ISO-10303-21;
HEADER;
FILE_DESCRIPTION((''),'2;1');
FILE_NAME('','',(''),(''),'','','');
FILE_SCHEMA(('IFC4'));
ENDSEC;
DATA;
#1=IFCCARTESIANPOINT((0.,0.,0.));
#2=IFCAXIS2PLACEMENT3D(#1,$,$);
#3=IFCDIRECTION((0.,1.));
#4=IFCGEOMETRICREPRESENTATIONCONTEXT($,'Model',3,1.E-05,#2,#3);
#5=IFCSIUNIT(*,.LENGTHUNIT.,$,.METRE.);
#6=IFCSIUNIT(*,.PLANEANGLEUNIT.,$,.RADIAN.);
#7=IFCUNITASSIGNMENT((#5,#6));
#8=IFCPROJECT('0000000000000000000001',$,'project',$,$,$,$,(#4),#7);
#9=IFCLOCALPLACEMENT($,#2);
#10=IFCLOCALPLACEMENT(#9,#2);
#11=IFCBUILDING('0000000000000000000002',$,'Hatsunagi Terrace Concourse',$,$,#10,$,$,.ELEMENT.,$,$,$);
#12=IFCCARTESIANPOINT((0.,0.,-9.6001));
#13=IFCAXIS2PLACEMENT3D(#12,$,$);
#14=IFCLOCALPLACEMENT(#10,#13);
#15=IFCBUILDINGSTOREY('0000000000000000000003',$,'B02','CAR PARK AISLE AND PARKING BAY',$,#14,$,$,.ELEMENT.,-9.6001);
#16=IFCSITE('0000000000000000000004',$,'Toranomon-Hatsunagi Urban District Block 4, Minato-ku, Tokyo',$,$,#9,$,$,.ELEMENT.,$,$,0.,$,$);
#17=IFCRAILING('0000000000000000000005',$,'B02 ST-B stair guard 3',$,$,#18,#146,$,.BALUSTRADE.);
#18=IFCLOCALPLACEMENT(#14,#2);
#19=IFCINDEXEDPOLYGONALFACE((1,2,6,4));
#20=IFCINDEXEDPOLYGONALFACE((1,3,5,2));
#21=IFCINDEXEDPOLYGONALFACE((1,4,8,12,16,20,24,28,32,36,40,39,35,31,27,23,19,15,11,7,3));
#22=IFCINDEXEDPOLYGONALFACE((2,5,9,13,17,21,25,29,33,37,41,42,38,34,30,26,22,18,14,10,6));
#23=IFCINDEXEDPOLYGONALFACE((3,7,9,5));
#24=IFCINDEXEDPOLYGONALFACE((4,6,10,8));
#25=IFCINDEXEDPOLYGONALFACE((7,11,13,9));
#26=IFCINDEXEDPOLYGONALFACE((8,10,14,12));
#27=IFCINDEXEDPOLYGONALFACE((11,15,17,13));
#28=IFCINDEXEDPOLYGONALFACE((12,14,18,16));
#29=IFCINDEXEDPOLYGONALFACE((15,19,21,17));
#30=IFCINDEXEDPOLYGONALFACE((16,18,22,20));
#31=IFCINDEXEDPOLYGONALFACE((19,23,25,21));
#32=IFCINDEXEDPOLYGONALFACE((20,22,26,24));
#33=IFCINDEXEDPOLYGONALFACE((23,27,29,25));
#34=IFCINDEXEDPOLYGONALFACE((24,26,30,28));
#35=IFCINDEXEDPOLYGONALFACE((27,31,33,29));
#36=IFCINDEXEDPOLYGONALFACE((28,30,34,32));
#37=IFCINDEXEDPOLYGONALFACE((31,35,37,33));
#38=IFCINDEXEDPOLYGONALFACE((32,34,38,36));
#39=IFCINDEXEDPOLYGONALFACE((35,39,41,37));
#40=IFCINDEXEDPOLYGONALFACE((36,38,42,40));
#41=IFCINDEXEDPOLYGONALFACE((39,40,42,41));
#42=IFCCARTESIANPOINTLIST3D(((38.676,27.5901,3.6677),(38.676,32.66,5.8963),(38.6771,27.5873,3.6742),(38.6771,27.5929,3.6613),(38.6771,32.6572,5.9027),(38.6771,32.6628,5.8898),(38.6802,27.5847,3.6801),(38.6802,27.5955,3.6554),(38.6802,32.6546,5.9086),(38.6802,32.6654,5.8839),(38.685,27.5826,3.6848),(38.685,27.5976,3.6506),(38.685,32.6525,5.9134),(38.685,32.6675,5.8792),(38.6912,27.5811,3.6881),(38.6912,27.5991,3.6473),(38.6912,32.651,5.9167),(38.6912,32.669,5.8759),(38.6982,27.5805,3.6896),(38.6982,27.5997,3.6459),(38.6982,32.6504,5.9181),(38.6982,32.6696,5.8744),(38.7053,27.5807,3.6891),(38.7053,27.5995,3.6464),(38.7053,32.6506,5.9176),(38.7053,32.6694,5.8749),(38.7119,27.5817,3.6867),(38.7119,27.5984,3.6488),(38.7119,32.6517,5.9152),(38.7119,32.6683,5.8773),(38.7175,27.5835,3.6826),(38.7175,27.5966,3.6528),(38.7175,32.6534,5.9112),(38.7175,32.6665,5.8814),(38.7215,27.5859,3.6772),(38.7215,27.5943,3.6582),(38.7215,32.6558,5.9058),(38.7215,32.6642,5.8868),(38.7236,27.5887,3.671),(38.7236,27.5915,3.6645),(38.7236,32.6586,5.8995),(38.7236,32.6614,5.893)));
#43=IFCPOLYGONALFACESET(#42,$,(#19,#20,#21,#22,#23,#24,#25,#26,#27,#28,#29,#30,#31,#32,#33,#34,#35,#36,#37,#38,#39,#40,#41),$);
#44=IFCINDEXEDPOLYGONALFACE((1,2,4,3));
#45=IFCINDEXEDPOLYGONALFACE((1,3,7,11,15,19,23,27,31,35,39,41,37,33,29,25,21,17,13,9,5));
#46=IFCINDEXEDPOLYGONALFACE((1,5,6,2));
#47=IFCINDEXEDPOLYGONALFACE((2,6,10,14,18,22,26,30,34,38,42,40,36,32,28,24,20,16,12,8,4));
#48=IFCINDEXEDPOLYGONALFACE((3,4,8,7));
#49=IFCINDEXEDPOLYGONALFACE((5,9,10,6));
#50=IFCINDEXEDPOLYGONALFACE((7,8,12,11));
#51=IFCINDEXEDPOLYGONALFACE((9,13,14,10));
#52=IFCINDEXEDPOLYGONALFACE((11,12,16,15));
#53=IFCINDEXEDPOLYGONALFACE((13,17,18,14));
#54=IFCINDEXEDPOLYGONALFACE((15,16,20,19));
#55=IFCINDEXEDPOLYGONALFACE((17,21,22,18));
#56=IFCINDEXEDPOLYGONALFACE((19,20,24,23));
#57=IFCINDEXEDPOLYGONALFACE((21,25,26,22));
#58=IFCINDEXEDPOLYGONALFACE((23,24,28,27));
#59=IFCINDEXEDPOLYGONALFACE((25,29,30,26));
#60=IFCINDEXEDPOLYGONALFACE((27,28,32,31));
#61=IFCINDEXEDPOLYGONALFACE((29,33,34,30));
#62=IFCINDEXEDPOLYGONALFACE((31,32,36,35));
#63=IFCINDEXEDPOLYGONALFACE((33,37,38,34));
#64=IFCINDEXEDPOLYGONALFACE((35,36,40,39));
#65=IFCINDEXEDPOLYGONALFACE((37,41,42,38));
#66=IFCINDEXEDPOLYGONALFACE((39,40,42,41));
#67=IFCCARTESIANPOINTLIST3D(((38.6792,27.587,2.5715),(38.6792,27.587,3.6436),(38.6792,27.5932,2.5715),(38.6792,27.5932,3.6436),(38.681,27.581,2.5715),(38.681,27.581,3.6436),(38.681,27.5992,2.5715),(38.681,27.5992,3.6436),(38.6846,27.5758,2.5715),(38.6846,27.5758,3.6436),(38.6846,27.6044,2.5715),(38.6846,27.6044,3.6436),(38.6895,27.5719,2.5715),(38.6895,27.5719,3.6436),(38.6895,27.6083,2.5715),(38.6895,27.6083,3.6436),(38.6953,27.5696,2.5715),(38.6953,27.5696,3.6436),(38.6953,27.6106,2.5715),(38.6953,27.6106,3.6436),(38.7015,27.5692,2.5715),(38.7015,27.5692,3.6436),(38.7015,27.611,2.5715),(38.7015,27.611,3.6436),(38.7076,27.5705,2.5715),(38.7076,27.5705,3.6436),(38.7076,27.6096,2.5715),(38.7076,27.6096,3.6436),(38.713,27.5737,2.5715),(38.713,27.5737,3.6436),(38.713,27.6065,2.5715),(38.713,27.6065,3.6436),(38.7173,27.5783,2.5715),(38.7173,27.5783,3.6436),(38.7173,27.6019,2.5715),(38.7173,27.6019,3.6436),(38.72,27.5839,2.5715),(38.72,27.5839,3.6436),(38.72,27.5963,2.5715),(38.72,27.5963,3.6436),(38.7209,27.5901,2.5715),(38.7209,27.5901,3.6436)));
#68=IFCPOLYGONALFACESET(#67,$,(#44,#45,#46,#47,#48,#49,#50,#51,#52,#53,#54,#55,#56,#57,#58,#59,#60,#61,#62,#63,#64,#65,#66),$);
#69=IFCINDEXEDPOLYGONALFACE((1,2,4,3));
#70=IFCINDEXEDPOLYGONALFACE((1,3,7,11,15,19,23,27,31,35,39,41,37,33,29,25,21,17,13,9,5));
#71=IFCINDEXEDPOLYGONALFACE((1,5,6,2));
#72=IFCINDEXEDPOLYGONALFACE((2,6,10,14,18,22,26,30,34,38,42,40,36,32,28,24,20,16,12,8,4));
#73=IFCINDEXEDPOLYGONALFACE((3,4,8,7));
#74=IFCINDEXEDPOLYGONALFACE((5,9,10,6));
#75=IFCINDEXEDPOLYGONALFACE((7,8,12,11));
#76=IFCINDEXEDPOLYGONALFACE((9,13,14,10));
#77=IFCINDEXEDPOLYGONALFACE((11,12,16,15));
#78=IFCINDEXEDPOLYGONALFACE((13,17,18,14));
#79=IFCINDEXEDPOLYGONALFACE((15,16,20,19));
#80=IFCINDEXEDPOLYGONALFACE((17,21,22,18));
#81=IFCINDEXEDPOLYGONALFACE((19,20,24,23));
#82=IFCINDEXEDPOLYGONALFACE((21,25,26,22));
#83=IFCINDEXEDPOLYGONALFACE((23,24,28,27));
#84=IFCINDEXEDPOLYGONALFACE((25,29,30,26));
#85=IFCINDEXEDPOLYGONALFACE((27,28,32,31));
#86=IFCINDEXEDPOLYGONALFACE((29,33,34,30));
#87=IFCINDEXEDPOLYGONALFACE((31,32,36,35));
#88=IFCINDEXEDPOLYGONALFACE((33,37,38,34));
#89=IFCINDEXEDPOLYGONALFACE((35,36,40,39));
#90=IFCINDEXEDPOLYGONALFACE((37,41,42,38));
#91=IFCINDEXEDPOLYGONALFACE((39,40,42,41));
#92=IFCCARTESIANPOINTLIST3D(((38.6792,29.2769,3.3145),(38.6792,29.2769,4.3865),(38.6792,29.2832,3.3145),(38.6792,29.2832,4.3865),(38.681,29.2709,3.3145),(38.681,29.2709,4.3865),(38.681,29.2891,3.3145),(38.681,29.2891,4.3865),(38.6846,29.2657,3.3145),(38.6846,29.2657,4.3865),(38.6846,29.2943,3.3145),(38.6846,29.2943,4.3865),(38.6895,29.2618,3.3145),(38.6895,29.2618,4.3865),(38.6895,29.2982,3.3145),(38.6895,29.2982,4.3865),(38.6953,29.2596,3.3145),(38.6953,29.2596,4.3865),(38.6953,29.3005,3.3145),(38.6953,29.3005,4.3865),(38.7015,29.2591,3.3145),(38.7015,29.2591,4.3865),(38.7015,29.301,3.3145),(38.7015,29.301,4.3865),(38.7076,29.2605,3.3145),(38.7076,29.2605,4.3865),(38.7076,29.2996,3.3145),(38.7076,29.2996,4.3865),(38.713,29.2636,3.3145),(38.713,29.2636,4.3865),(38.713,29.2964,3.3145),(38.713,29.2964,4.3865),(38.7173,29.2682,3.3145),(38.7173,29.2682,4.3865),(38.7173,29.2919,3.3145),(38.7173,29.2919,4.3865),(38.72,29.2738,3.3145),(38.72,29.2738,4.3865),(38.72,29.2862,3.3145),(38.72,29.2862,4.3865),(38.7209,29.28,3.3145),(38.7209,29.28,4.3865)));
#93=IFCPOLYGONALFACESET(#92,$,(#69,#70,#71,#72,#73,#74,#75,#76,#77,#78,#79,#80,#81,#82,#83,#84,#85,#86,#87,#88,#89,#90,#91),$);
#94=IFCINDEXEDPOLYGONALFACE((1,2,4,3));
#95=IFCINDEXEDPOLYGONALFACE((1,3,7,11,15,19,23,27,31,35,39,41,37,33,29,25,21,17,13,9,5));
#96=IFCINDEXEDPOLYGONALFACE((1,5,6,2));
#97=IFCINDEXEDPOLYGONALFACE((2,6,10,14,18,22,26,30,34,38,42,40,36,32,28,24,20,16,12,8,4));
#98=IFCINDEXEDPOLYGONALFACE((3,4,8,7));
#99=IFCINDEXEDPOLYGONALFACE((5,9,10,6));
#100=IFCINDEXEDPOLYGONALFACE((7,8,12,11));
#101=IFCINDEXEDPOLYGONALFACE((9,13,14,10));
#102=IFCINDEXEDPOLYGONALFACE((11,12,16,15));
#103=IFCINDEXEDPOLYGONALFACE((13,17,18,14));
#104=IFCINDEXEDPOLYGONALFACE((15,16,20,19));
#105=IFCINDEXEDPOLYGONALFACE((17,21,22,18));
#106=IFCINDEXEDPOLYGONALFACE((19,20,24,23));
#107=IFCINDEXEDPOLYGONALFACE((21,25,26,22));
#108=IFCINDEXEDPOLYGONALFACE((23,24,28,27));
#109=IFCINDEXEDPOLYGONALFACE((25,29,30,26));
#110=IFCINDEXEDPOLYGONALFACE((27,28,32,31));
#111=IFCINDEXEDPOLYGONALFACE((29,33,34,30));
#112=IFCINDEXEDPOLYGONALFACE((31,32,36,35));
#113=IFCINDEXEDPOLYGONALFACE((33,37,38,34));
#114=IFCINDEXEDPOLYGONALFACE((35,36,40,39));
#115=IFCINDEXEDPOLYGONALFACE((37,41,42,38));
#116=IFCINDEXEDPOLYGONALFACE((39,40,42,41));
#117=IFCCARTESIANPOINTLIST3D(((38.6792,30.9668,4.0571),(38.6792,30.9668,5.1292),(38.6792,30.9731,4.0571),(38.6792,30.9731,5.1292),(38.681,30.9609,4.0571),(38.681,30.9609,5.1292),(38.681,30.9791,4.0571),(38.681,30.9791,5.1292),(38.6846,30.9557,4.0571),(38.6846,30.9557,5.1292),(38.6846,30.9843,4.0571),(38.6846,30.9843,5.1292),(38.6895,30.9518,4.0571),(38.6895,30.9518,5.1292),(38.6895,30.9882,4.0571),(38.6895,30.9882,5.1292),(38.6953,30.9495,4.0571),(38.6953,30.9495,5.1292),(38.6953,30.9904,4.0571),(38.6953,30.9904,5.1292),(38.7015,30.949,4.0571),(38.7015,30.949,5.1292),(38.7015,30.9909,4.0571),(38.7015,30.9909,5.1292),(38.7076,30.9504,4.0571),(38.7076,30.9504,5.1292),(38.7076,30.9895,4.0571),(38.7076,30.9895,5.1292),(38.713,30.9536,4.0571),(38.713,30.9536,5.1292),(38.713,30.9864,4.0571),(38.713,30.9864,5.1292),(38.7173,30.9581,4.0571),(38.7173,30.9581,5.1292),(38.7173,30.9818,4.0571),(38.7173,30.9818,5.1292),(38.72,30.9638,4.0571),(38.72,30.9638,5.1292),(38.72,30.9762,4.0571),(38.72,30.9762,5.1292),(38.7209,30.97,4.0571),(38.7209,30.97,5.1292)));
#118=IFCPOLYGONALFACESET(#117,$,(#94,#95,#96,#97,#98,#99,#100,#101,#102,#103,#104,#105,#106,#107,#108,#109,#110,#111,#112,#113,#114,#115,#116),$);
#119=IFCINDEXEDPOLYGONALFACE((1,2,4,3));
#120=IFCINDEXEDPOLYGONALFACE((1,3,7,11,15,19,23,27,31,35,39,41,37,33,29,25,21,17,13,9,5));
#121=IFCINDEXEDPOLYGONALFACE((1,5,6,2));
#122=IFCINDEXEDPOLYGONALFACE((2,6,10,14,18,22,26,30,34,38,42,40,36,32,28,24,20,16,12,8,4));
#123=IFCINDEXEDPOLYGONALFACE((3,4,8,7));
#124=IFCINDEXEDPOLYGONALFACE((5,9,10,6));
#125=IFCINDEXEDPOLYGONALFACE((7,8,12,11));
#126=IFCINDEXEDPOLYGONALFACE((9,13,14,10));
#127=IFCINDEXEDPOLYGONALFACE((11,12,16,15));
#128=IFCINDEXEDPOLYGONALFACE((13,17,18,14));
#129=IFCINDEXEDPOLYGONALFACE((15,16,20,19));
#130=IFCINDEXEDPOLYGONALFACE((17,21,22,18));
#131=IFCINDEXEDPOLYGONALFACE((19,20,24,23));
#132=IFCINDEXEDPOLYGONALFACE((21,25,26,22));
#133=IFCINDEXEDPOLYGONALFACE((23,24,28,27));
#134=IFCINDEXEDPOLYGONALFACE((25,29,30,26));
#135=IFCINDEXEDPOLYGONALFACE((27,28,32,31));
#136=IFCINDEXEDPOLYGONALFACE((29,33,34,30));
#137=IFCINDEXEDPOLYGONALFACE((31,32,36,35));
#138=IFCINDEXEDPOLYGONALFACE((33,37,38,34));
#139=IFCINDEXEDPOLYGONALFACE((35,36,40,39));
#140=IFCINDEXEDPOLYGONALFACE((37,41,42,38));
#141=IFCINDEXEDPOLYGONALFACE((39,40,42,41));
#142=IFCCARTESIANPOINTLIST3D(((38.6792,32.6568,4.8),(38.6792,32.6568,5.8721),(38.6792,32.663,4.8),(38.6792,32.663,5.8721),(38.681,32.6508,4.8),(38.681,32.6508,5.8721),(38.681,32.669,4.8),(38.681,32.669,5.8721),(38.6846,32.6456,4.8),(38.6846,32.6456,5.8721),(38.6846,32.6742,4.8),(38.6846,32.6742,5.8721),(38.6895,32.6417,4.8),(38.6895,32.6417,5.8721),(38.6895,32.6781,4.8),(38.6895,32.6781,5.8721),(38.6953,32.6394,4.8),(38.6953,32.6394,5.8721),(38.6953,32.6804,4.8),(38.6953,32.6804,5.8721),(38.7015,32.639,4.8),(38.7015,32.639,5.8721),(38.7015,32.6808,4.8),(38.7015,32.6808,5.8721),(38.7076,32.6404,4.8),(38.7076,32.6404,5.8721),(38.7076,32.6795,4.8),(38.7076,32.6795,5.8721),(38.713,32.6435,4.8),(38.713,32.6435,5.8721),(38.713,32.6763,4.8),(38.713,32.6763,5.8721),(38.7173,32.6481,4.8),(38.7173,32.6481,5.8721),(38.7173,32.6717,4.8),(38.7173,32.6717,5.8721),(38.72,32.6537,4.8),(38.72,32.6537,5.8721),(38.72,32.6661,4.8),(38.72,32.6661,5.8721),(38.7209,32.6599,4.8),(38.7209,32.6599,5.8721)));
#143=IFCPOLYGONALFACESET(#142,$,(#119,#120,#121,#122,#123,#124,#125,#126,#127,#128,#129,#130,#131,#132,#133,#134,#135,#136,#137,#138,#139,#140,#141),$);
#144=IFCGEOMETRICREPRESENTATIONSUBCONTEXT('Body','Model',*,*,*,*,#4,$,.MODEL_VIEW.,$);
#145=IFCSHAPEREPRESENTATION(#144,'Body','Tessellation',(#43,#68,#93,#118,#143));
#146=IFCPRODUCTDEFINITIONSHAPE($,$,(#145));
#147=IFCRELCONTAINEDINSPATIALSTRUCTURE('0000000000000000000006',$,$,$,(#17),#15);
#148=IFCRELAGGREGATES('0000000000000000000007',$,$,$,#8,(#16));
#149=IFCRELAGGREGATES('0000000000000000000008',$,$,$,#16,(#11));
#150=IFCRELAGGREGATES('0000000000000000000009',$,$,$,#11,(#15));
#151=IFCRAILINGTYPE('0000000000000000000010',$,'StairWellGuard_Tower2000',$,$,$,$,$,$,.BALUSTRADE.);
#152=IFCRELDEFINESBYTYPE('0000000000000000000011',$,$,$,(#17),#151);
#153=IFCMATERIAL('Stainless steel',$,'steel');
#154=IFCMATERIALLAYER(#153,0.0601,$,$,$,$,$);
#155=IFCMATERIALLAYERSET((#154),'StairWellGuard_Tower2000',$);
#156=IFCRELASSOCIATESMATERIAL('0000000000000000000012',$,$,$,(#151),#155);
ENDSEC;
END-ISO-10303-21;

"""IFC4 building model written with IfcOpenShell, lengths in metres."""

from ifc_helpers import new_model, si_unit, direction, frame, origin, origin_2d, place, context, subcontext, project, spatial, circle, extrude, material, layer, layer_set, type_object, element, save


model = new_model("IFC4")

# Units and contexts
model_context = context("Model", 3, precision=1e-05, world=origin(), true_north=direction((0.0, 1.0)))
body_context = subcontext(model_context, "Body", "Model", "MODEL_VIEW")
ifc_project = project(units=[si_unit("LENGTHUNIT", "METRE"), si_unit("PLANEANGLEUNIT", "RADIAN")], contexts=[model_context])

# Site, building, storey
site_placement = place(None, origin())
site = spatial("IfcSite", under=ifc_project, at=site_placement, Name="Toranomon-Hatsunagi Urban District Block 4, Minato-ku, Tokyo", CompositionType="ELEMENT", RefElevation=0.0)
building_placement = place(site_placement, origin())
building = spatial("IfcBuilding", under=site, at=building_placement, Name="Hatsunagi Terrace Concourse", CompositionType="ELEMENT")
storey_placement = place(building_placement, frame((0.0, 0.0, -9.6001)))
storey = spatial("IfcBuildingStorey", under=building, at=storey_placement, Name="B02", Description="CAR PARK AISLE AND PARKING BAY", CompositionType="ELEMENT", Elevation=-9.6001)

# Railing
ifc_material_1 = material(Name="Stainless steel", Category="steel")
ifc_layer_1 = layer(ifc_material_1, 0.0601)
ifc_layer_set_1 = layer_set([ifc_layer_1], Name="StairWellGuard_Tower2000")
railing_type_1 = type_object("IfcRailingType", Name="StairWellGuard_Tower2000", PredefinedType="BALUSTRADE", material=ifc_layer_set_1)
railing_1_placement = place(storey_placement, frame((38.7, 27.5901, 2.5715)))
element("IfcRailing", 1, at=railing_1_placement, inside=storey, type_object=railing_type_1, Name="B02 ST-B stair guard 3", PredefinedType="BALUSTRADE", context=body_context, shape_type="SweptSolid", body=[
    extrude(circle(Radius=0.0239, at=origin_2d()), frame((0.0, 0.0, 1.0962), z_axis=(0.0, 0.915462, 0.402405), x_axis=(-1.0, 0.0, 0.0)), (0.0, 0.0, 1.0), 5.5381),
    extrude(circle(Radius=0.021, at=origin_2d()), origin(), (0.0, 0.0, 1.0), 1.072),
    extrude(circle(Radius=0.021, at=origin_2d()), frame((0.0, 1.6899, 0.7429)), (0.0, 0.0, 1.0), 1.072),
    extrude(circle(Radius=0.021, at=origin_2d()), frame((0.0, 3.3799, 1.4856)), (0.0, 0.0, 1.0), 1.072),
    extrude(circle(Radius=0.021, at=origin_2d()), frame((0.0, 5.0698, 2.2285)), (0.0, 0.0, 1.0), 1.072),
])

save(model, "model.ifc")
